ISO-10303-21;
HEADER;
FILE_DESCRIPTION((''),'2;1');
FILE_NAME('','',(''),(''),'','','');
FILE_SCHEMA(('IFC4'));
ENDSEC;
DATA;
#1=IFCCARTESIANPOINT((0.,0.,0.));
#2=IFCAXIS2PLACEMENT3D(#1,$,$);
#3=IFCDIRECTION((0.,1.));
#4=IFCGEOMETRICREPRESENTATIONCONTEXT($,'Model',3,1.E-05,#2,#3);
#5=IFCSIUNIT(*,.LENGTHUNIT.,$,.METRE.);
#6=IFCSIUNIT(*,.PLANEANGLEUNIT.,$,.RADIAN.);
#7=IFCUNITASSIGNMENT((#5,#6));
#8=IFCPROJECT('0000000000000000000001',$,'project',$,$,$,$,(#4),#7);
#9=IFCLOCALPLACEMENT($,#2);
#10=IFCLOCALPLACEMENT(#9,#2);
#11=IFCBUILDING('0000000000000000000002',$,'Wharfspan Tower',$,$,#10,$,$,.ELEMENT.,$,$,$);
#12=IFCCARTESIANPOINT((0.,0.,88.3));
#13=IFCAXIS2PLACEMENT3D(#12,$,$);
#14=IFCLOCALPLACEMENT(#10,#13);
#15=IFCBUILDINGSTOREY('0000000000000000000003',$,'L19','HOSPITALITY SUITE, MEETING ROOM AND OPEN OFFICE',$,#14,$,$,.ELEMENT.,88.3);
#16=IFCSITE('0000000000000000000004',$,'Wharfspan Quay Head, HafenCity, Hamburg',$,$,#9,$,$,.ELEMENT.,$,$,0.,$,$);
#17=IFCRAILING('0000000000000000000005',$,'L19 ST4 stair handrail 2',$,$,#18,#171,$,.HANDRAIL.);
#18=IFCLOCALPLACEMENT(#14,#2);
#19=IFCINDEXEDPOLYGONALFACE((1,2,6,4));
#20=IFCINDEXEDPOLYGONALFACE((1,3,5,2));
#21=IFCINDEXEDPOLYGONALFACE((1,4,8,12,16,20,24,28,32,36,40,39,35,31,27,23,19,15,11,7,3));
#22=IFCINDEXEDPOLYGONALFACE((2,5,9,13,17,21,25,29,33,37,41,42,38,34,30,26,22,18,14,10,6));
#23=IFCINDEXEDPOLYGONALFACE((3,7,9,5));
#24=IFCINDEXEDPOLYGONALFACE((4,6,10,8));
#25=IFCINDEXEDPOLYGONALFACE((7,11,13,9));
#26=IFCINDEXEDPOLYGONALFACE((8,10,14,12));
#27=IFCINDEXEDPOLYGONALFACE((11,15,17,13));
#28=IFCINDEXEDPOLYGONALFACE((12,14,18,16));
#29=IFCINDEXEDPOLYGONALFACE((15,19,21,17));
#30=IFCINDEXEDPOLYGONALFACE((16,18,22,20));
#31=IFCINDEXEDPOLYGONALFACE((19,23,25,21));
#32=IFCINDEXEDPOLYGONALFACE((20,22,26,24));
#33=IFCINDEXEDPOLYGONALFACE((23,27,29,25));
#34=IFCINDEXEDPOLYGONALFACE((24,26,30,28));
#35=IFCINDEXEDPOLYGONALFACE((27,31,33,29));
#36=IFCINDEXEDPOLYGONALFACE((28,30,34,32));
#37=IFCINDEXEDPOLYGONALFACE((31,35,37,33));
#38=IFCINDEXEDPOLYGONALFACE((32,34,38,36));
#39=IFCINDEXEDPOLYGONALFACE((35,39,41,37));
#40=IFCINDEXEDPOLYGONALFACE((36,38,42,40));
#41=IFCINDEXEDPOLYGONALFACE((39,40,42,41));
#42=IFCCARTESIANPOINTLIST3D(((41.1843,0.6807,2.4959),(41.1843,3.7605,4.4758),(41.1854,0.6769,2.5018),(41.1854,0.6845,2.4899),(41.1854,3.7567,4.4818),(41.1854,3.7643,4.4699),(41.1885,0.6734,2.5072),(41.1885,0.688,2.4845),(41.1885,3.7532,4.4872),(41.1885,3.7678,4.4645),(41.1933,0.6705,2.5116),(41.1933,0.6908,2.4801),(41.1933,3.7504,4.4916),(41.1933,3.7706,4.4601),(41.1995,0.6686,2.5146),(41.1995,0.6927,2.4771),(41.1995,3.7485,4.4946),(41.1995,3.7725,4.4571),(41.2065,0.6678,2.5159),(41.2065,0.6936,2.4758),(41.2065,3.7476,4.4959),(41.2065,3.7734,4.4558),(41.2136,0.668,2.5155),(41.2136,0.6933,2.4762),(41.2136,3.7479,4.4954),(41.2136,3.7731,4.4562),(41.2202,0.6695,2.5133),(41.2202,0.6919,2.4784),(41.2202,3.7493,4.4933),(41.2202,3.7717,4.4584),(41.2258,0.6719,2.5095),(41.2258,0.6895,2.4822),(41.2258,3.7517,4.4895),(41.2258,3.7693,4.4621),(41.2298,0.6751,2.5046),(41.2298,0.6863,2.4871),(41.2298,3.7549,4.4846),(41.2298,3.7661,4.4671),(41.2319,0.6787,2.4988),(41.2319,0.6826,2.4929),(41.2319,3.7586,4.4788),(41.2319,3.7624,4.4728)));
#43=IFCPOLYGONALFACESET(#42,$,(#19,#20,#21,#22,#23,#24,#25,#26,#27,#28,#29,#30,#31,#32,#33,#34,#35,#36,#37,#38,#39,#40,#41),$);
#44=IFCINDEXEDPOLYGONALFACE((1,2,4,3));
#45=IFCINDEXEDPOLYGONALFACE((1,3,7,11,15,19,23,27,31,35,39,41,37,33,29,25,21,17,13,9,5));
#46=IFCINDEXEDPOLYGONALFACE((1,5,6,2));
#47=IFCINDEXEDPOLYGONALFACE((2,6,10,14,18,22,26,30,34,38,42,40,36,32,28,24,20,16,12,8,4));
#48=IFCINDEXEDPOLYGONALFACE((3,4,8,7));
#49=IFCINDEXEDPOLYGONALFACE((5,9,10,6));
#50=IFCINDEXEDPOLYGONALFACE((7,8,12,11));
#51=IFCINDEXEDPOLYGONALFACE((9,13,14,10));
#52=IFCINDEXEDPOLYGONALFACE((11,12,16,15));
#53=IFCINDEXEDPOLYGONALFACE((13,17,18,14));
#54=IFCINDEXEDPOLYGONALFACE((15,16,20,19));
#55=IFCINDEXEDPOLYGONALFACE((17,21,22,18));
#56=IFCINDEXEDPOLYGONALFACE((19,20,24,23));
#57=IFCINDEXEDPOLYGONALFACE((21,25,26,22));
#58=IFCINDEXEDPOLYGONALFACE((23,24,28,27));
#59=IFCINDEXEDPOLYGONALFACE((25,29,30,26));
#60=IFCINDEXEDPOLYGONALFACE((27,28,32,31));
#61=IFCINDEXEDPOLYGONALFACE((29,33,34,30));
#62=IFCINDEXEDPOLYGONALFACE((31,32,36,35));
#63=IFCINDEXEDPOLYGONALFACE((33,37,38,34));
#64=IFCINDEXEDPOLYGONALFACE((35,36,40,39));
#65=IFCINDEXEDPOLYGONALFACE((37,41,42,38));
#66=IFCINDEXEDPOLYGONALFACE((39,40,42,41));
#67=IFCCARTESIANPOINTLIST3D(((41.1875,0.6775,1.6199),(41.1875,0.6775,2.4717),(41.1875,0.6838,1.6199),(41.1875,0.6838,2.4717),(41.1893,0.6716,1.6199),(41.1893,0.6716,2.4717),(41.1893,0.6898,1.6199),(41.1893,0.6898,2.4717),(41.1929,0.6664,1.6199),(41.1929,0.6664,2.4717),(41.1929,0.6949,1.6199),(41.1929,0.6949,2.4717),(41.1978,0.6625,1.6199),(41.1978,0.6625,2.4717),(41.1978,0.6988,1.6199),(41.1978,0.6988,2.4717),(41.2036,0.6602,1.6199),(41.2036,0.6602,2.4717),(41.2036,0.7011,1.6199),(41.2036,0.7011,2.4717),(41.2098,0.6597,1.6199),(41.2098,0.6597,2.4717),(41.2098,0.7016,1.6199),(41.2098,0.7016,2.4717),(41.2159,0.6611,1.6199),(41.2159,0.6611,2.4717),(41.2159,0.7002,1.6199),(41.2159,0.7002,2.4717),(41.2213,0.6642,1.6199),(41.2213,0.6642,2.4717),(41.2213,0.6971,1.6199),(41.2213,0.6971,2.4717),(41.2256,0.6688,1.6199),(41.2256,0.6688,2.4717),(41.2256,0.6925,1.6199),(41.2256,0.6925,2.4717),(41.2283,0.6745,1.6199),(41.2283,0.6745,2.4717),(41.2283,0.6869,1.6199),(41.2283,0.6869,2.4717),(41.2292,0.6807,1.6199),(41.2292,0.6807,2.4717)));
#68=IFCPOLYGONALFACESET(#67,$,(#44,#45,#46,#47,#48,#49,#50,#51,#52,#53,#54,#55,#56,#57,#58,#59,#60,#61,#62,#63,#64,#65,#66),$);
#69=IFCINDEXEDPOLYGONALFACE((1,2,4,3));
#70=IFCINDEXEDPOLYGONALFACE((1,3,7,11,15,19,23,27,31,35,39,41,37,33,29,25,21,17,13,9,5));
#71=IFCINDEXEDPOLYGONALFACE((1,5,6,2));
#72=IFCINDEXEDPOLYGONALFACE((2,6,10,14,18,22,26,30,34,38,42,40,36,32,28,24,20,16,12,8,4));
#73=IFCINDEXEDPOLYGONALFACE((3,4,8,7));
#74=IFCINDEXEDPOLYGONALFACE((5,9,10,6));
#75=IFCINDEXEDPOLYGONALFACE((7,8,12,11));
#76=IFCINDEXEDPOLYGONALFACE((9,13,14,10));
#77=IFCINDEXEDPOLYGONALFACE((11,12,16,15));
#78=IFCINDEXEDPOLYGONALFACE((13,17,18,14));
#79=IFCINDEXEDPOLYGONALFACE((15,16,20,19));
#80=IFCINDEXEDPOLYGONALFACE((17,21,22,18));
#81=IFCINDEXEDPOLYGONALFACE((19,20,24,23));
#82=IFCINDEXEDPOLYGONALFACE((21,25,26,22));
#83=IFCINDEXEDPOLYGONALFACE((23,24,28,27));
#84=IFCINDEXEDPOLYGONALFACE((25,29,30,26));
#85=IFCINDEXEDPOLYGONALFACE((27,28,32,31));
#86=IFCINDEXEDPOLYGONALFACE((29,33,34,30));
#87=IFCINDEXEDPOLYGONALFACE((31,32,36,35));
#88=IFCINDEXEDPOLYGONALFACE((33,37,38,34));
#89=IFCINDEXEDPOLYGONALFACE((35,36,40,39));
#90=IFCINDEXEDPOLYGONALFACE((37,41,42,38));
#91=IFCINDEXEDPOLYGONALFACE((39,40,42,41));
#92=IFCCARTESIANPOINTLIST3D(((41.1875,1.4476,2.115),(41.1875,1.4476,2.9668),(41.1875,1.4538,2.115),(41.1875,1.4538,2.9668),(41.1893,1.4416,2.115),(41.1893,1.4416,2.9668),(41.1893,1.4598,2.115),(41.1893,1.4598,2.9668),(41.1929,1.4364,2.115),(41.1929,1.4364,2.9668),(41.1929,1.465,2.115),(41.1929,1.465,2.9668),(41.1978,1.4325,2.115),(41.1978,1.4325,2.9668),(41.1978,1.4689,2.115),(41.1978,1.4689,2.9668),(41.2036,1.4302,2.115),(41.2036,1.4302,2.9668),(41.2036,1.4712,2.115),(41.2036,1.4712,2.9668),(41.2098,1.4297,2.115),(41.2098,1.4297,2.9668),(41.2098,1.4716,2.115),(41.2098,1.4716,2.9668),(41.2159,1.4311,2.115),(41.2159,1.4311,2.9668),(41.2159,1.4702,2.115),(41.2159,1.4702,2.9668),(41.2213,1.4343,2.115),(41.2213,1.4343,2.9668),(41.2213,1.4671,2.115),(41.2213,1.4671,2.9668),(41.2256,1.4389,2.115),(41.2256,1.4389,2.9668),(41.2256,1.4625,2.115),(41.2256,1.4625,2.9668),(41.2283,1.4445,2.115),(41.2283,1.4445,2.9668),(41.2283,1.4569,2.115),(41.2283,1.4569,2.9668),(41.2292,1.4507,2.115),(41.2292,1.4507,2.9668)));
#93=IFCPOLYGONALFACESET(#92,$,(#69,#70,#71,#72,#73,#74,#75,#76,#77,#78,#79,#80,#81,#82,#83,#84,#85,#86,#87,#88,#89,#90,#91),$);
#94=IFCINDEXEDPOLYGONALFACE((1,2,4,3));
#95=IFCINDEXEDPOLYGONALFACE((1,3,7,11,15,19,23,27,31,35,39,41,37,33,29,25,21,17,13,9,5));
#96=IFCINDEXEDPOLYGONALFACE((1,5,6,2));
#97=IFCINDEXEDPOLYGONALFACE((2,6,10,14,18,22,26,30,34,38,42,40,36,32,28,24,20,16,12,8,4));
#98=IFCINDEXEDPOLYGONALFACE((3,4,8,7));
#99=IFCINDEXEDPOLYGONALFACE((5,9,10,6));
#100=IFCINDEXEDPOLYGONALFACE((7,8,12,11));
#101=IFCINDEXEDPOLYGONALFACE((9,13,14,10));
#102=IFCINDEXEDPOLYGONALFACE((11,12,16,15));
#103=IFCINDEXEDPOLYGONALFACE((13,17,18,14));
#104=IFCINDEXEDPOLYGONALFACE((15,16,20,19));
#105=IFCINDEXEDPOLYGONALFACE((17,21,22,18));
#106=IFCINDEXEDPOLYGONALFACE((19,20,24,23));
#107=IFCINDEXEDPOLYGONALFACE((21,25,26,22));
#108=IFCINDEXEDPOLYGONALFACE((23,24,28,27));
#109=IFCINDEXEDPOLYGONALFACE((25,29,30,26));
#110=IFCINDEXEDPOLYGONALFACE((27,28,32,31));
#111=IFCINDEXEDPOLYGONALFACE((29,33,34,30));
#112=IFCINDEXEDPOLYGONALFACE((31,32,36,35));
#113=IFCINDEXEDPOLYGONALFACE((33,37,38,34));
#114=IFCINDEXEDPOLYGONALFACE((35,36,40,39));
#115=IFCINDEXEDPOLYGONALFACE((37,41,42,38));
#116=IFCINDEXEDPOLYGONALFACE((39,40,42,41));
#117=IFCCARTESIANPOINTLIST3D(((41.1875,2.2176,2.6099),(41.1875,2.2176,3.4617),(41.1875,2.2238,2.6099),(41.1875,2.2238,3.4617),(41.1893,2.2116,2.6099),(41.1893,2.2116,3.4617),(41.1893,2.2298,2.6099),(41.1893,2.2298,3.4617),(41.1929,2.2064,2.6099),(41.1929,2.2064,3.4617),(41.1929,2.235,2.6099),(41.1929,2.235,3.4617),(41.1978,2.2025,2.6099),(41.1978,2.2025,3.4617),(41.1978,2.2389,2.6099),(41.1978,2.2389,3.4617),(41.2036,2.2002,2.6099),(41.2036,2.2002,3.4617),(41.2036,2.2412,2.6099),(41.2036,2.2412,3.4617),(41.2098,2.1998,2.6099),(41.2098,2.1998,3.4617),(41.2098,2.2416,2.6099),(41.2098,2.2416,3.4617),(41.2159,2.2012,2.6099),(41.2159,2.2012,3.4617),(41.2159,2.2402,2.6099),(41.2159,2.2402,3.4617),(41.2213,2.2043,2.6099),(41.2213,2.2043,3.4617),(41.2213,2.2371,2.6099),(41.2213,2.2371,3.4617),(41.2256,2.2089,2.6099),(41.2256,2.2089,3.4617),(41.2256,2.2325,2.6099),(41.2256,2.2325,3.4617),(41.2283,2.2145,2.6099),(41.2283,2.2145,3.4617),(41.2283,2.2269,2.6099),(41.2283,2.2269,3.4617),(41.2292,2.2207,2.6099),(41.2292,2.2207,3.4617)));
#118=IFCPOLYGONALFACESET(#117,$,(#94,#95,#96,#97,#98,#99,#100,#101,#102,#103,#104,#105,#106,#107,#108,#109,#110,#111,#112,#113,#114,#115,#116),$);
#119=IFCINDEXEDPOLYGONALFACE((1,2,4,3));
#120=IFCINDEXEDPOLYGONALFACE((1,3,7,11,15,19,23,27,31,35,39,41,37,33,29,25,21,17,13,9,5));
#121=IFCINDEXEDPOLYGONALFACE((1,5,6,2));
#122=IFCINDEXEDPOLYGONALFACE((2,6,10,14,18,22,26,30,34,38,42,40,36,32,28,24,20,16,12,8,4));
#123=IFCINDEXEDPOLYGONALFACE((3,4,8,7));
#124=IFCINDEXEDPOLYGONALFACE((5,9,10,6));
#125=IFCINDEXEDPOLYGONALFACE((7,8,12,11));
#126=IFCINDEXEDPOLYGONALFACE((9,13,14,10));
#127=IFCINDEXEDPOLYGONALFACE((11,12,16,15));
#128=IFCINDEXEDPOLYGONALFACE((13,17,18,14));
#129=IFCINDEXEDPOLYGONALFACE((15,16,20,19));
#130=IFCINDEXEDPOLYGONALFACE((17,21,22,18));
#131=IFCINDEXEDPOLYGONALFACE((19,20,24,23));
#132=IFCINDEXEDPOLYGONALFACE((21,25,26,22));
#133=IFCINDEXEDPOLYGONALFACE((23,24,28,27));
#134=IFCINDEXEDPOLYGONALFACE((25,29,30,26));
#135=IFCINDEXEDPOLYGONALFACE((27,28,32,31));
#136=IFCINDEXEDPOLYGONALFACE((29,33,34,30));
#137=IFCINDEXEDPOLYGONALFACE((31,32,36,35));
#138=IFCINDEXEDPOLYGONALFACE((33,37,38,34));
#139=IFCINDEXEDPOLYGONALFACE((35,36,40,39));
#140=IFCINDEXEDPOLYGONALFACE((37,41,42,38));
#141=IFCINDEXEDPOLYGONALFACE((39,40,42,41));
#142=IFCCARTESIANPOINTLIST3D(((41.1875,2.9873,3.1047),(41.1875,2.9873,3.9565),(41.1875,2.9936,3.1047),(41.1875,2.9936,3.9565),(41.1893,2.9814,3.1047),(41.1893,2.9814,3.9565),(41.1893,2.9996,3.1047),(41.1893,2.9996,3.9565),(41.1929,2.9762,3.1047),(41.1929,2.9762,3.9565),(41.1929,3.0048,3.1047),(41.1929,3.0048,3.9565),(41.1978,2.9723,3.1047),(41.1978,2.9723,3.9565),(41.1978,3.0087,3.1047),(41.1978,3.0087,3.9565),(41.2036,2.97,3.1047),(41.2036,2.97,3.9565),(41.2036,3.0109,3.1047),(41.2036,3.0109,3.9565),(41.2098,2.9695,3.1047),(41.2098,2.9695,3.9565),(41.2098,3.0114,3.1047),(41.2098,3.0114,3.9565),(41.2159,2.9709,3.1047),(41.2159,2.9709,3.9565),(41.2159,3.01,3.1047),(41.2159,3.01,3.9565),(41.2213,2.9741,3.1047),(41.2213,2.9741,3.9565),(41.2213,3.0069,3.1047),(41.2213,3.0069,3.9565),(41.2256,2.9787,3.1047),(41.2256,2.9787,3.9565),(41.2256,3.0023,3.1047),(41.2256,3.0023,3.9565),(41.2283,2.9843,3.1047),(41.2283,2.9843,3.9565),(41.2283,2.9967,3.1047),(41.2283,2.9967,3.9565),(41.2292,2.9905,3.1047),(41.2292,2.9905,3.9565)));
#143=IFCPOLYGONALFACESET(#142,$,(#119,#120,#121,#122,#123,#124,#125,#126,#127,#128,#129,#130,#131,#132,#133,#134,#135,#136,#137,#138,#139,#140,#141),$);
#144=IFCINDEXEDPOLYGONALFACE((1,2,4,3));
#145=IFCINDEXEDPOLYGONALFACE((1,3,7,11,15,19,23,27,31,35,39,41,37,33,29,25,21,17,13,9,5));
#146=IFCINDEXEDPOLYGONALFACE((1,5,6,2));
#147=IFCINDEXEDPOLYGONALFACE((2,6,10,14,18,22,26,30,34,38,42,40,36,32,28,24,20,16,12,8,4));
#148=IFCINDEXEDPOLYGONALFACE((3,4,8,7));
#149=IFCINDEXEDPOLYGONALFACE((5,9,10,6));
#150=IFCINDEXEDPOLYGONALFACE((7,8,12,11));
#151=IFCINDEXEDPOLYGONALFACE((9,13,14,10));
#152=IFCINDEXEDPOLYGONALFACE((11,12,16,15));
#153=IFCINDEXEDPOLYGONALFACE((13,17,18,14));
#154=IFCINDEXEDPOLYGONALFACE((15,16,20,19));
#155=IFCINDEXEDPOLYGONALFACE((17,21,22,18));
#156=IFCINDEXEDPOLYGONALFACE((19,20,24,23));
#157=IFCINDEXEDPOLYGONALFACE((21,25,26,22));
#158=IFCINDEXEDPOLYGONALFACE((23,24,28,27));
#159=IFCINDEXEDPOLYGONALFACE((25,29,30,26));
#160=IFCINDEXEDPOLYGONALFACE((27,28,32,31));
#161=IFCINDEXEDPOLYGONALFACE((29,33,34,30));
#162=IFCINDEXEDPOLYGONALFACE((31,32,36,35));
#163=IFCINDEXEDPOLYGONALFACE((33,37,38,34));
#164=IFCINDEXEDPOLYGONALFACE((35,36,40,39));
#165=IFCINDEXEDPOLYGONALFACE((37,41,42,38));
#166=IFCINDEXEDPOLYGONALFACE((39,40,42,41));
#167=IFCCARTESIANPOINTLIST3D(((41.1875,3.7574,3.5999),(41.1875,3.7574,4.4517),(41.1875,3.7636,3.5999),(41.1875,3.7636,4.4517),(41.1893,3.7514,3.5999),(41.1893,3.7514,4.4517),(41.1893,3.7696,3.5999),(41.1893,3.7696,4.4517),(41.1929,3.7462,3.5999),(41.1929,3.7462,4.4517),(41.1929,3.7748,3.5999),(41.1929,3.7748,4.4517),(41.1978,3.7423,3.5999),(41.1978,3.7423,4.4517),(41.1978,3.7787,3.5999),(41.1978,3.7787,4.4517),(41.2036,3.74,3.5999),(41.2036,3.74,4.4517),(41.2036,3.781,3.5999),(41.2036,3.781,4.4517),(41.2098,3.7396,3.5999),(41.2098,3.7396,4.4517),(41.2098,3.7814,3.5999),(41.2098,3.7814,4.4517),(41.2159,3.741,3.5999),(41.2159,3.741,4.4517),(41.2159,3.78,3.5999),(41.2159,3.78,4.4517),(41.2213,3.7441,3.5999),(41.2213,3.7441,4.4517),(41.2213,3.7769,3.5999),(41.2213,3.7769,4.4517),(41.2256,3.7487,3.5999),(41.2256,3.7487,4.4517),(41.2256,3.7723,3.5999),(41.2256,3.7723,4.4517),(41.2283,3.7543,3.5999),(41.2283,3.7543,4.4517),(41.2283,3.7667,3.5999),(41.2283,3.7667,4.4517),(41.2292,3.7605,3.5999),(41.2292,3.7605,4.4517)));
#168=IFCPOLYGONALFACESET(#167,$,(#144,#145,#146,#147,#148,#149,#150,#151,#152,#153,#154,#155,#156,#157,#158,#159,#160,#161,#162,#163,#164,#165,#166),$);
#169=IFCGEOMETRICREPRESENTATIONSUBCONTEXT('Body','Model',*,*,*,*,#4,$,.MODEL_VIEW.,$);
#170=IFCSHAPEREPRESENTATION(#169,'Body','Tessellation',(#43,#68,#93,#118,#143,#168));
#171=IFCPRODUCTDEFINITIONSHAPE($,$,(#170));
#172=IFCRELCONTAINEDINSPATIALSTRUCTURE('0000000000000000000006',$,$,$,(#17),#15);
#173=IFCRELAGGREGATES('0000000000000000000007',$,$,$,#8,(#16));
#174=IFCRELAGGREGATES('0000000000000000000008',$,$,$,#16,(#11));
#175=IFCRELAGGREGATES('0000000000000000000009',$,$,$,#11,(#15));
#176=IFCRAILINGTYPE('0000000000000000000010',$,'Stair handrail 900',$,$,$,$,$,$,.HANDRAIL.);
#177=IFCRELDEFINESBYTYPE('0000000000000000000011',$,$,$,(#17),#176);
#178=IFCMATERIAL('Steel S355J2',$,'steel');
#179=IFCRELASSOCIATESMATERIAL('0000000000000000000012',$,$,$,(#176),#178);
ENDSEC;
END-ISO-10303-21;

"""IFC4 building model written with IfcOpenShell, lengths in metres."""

from ifc_helpers import new_model, si_unit, direction, frame, origin, origin_2d, place, context, subcontext, project, spatial, circle, extrude, material, type_object, element, save


model = new_model("IFC4")

# Units and contexts
model_context = context("Model", 3, precision=1e-05, world=origin(), true_north=direction((0.0, 1.0)))
body_context = subcontext(model_context, "Body", "Model", "MODEL_VIEW")
ifc_project = project(units=[si_unit("LENGTHUNIT", "METRE"), si_unit("PLANEANGLEUNIT", "RADIAN")], contexts=[model_context])

# Site, building, storey
site_placement = place(None, origin())
site = spatial("IfcSite", under=ifc_project, at=site_placement, Name="Wharfspan Quay Head, HafenCity, Hamburg", CompositionType="ELEMENT", RefElevation=0.0)
building_placement = place(site_placement, origin())
building = spatial("IfcBuilding", under=site, at=building_placement, Name="Wharfspan Tower", CompositionType="ELEMENT")
storey_placement = place(building_placement, frame((0.0, 0.0, 88.3)))
storey = spatial("IfcBuildingStorey", under=building, at=storey_placement, Name="L19", Description="HOSPITALITY SUITE, MEETING ROOM AND OPEN OFFICE", CompositionType="ELEMENT", Elevation=88.3)

# Shared definitions
ifc_material_1 = material(Name="Steel S355J2", Category="steel")

# Railing
railing_type_1 = type_object("IfcRailingType", Name="Stair handrail 900", PredefinedType="HANDRAIL", material=ifc_material_1)
railing_1_placement = place(storey_placement, frame((41.2083, 0.6807, 1.6199)))
element("IfcRailing", 1, at=railing_1_placement, inside=storey, type_object=railing_type_1, Name="L19 ST4 stair handrail 2", PredefinedType="HANDRAIL", context=body_context, shape_type="SweptSolid", body=[
    extrude(circle(Radius=0.0239, at=origin_2d()), frame((0.0, 0.0, 0.876), z_axis=(0.0, 0.841168, 0.540774), x_axis=(-1.0, 0.0, 0.0)), (0.0, 0.0, 1.0), 3.6614),
    extrude(circle(Radius=0.021, at=origin_2d()), origin(), (0.0, 0.0, 1.0), 0.8518),
    extrude(circle(Radius=0.021, at=origin_2d()), frame((0.0, 0.77, 0.4951)), (0.0, 0.0, 1.0), 0.8518),
    extrude(circle(Radius=0.021, at=origin_2d()), frame((0.0, 1.54, 0.99)), (0.0, 0.0, 1.0), 0.8518),
    extrude(circle(Radius=0.021, at=origin_2d()), frame((0.0, 2.3098, 1.4849)), (0.0, 0.0, 1.0), 0.8518),
    extrude(circle(Radius=0.021, at=origin_2d()), frame((0.0, 3.0798, 1.98)), (0.0, 0.0, 1.0), 0.8518),
])

save(model, "model.ifc")
